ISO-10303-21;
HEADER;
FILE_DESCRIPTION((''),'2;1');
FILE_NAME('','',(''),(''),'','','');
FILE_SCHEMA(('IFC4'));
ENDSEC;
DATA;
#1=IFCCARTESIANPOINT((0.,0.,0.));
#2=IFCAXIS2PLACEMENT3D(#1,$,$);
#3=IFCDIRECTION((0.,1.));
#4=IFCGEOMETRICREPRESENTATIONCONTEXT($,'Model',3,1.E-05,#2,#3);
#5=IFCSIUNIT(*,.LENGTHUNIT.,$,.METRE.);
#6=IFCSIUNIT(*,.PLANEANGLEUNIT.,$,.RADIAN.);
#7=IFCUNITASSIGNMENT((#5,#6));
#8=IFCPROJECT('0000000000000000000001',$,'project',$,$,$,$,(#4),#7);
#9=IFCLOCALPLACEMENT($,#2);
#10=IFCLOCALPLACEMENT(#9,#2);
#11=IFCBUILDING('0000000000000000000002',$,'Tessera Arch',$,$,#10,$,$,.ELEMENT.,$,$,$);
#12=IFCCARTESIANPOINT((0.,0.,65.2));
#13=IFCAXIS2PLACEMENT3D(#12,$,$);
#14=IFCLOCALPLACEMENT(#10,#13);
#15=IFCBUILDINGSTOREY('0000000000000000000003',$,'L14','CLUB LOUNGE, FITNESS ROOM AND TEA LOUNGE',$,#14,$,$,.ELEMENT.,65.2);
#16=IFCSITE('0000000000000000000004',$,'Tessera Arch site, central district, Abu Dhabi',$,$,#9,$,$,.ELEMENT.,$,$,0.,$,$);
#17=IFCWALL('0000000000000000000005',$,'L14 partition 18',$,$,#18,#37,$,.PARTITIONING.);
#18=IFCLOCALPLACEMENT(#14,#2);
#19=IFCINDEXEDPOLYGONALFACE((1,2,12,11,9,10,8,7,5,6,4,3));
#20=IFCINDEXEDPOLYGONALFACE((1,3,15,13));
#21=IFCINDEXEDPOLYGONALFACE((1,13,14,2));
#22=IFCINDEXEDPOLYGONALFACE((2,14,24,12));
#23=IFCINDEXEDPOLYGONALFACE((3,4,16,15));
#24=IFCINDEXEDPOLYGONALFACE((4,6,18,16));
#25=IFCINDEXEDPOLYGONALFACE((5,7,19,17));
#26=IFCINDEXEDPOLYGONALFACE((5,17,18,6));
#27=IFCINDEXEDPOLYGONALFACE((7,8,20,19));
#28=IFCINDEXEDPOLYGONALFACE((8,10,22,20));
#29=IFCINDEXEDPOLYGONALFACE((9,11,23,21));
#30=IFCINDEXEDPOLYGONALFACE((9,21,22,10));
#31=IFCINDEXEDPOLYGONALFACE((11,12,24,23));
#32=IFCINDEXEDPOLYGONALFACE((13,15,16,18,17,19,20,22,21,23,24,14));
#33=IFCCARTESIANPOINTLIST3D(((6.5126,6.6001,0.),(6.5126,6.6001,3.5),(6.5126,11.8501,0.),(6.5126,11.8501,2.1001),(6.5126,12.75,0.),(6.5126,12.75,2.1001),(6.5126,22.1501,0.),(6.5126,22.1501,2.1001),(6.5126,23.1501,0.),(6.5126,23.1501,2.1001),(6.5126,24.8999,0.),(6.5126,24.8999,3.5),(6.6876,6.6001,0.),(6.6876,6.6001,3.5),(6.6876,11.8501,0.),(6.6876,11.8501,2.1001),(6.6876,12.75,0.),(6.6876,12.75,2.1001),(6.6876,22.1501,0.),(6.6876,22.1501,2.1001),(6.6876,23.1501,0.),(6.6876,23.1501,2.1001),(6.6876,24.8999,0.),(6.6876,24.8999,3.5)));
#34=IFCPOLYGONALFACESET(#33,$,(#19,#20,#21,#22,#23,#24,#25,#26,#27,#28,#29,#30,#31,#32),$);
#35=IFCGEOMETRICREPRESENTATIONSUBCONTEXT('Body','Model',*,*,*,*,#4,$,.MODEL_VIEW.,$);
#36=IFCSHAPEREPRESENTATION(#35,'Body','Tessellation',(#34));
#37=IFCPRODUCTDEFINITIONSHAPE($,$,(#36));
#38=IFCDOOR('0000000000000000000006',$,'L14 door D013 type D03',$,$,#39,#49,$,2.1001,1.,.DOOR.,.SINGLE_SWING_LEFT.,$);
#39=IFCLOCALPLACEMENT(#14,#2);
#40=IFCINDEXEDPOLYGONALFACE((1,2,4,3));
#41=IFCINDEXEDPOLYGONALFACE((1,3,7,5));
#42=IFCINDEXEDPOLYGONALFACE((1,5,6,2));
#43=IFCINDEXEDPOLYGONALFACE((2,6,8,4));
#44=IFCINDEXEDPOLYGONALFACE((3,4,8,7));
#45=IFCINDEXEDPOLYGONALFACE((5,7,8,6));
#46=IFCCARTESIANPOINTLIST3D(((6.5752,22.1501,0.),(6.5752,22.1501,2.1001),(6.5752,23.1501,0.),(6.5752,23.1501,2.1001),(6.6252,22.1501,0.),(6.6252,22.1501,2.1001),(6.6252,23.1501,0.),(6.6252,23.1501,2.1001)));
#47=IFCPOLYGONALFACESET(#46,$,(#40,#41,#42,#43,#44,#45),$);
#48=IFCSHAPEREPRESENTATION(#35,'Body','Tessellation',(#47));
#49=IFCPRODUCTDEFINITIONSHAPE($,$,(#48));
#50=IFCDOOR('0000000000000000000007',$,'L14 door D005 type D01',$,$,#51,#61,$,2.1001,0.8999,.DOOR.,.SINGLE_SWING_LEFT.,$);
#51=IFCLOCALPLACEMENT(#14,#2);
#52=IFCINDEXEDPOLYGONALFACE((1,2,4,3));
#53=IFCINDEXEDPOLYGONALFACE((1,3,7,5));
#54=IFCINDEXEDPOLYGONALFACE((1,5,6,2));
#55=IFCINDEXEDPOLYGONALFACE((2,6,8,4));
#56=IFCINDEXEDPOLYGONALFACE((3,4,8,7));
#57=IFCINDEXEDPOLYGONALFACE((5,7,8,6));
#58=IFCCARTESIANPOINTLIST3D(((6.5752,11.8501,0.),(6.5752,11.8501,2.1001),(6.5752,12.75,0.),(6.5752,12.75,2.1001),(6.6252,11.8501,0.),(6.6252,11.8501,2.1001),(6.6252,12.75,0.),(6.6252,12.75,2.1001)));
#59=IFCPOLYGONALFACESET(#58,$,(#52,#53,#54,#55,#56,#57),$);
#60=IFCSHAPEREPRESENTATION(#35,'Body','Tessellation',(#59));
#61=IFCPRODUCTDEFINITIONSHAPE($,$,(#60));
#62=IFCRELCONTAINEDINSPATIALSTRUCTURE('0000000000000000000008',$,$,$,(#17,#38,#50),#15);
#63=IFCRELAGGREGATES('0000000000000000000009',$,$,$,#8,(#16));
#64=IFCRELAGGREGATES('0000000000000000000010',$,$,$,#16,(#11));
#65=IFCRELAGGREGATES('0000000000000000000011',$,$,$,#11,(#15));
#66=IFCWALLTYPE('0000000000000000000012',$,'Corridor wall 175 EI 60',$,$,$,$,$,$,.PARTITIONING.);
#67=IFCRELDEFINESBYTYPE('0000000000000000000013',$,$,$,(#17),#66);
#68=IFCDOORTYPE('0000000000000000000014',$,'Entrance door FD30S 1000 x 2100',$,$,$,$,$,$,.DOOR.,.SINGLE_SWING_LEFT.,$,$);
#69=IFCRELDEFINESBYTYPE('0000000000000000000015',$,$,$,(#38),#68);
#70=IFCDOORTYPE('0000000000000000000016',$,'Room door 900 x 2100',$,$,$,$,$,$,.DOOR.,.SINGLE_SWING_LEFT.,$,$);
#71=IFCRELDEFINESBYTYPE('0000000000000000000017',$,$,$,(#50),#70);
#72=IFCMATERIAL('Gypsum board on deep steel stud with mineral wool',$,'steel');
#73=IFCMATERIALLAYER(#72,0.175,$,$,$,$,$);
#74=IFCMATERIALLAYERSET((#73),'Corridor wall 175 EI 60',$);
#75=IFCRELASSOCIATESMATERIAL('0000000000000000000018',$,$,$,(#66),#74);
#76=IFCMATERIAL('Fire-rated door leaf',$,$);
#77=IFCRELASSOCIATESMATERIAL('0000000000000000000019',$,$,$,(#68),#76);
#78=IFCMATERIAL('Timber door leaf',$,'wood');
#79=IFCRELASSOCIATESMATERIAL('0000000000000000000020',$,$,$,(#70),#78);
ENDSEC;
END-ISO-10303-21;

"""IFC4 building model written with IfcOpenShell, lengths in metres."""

from ifc_helpers import new_model, si_unit, direction, frame, frame_2d, origin, place, context, subcontext, project, spatial, rectangle, extrude, material, layer, layer_set, type_object, element, fill, save


model = new_model("IFC4")

# Units and contexts
model_context = context("Model", 3, precision=1e-05, world=origin(), true_north=direction((0.0, 1.0)))
body_context = subcontext(model_context, "Body", "Model", "MODEL_VIEW")
ifc_project = project(units=[si_unit("LENGTHUNIT", "METRE"), si_unit("PLANEANGLEUNIT", "RADIAN")], contexts=[model_context])

# Site, building, storey
site_placement = place(None, origin())
site = spatial("IfcSite", under=ifc_project, at=site_placement, Name="Tessera Arch site, central district, Abu Dhabi", CompositionType="ELEMENT", RefElevation=0.0)
building_placement = place(site_placement, origin())
building = spatial("IfcBuilding", under=site, at=building_placement, Name="Tessera Arch", CompositionType="ELEMENT")
storey_placement = place(building_placement, frame((0.0, 0.0, 65.2)))
storey = spatial("IfcBuildingStorey", under=building, at=storey_placement, Name="L14", Description="CLUB LOUNGE, FITNESS ROOM AND TEA LOUNGE", CompositionType="ELEMENT", Elevation=65.2)

# Shared definitions
ifc_material_1 = material(Name="Gypsum board on deep steel stud with mineral wool", Category="steel")
ifc_layer_1 = layer(ifc_material_1, 0.175)
ifc_layer_set_1 = layer_set([ifc_layer_1], Name="Corridor wall 175 EI 60")
wall_type_1 = type_object("IfcWallType", Name="Corridor wall 175 EI 60", PredefinedType="PARTITIONING", material=ifc_layer_set_1)

# Wall, openings, doors
wall_1_placement = place(storey_placement, frame((6.6001, 6.6001, 0.0), z_axis=(0.0, 0.0, 1.0), x_axis=(0.0, 1.0, 0.0)))
wall_1 = element("IfcWall", 1, at=wall_1_placement, inside=storey, type_object=wall_type_1, Name="L14 partition 18", PredefinedType="PARTITIONING", context=body_context, shape_type="SweptSolid", body=[
    extrude(rectangle(XDim=18.2998, YDim=0.175, at=frame_2d((9.1499, 0.0))), origin(), (0.0, 0.0, 1.0), 3.5),
])
opening_1_placement = place(wall_1_placement, frame((5.25, 0.0, 0.0)))
opening_1 = element("IfcOpeningElement", 2, at=opening_1_placement, cuts=wall_1, PredefinedType="OPENING", context=body_context, shape_type="SweptSolid", body=[
    extrude(rectangle(XDim=0.8999, YDim=2.1001, at=frame_2d((0.45, 1.05))), frame((0.0, 0.0974, 0.0), z_axis=(0.0, -1.0, 0.0), x_axis=(1.0, 0.0, 0.0)), (0.0, 0.0, 1.0), 0.1951),
])
opening_2_placement = place(wall_1_placement, frame((15.55, 0.0, 0.0)))
opening_2 = element("IfcOpeningElement", 3, at=opening_2_placement, cuts=wall_1, PredefinedType="OPENING", context=body_context, shape_type="SweptSolid", body=[
    extrude(rectangle(XDim=1.0, YDim=2.1001, at=frame_2d((0.5, 1.05))), frame((0.0, 0.0974, 0.0), z_axis=(0.0, -1.0, 0.0), x_axis=(1.0, 0.0, 0.0)), (0.0, 0.0, 1.0), 0.1951),
])
ifc_material_2 = material(Name="Fire-rated door leaf")
door_type_1 = type_object("IfcDoorType", Name="Entrance door FD30S 1000 x 2100", OperationType="SINGLE_SWING_LEFT", PredefinedType="DOOR", material=ifc_material_2)
door_1_placement = place(opening_2_placement, origin())
door_1 = element("IfcDoor", 4, at=door_1_placement, inside=storey, type_object=door_type_1, Name="L14 door D013 type D03", OperationType="SINGLE_SWING_LEFT", OverallHeight=2.1001, OverallWidth=1.0, PredefinedType="DOOR", context=body_context, shape_type="SweptSolid", body=[
    extrude(rectangle(XDim=1.0, YDim=2.1001, at=frame_2d((0.5, 1.05))), frame((0.0, 0.0249, 0.0), z_axis=(0.0, -1.0, 0.0), x_axis=(1.0, 0.0, 0.0)), (0.0, 0.0, 1.0), 0.05),
])
fill(opening_2, door_1)
ifc_material_3 = material(Name="Timber door leaf", Category="wood")
door_type_2 = type_object("IfcDoorType", Name="Room door 900 x 2100", OperationType="SINGLE_SWING_LEFT", PredefinedType="DOOR", material=ifc_material_3)
door_2_placement = place(opening_1_placement, origin())
door_2 = element("IfcDoor", 5, at=door_2_placement, inside=storey, type_object=door_type_2, Name="L14 door D005 type D01", OperationType="SINGLE_SWING_LEFT", OverallHeight=2.1001, OverallWidth=0.8999, PredefinedType="DOOR", context=body_context, shape_type="SweptSolid", body=[
    extrude(rectangle(XDim=0.8999, YDim=2.1001, at=frame_2d((0.45, 1.05))), frame((0.0, 0.0249, 0.0), z_axis=(0.0, -1.0, 0.0), x_axis=(1.0, 0.0, 0.0)), (0.0, 0.0, 1.0), 0.05),
])
fill(opening_1, door_2)

save(model, "model.ifc")
